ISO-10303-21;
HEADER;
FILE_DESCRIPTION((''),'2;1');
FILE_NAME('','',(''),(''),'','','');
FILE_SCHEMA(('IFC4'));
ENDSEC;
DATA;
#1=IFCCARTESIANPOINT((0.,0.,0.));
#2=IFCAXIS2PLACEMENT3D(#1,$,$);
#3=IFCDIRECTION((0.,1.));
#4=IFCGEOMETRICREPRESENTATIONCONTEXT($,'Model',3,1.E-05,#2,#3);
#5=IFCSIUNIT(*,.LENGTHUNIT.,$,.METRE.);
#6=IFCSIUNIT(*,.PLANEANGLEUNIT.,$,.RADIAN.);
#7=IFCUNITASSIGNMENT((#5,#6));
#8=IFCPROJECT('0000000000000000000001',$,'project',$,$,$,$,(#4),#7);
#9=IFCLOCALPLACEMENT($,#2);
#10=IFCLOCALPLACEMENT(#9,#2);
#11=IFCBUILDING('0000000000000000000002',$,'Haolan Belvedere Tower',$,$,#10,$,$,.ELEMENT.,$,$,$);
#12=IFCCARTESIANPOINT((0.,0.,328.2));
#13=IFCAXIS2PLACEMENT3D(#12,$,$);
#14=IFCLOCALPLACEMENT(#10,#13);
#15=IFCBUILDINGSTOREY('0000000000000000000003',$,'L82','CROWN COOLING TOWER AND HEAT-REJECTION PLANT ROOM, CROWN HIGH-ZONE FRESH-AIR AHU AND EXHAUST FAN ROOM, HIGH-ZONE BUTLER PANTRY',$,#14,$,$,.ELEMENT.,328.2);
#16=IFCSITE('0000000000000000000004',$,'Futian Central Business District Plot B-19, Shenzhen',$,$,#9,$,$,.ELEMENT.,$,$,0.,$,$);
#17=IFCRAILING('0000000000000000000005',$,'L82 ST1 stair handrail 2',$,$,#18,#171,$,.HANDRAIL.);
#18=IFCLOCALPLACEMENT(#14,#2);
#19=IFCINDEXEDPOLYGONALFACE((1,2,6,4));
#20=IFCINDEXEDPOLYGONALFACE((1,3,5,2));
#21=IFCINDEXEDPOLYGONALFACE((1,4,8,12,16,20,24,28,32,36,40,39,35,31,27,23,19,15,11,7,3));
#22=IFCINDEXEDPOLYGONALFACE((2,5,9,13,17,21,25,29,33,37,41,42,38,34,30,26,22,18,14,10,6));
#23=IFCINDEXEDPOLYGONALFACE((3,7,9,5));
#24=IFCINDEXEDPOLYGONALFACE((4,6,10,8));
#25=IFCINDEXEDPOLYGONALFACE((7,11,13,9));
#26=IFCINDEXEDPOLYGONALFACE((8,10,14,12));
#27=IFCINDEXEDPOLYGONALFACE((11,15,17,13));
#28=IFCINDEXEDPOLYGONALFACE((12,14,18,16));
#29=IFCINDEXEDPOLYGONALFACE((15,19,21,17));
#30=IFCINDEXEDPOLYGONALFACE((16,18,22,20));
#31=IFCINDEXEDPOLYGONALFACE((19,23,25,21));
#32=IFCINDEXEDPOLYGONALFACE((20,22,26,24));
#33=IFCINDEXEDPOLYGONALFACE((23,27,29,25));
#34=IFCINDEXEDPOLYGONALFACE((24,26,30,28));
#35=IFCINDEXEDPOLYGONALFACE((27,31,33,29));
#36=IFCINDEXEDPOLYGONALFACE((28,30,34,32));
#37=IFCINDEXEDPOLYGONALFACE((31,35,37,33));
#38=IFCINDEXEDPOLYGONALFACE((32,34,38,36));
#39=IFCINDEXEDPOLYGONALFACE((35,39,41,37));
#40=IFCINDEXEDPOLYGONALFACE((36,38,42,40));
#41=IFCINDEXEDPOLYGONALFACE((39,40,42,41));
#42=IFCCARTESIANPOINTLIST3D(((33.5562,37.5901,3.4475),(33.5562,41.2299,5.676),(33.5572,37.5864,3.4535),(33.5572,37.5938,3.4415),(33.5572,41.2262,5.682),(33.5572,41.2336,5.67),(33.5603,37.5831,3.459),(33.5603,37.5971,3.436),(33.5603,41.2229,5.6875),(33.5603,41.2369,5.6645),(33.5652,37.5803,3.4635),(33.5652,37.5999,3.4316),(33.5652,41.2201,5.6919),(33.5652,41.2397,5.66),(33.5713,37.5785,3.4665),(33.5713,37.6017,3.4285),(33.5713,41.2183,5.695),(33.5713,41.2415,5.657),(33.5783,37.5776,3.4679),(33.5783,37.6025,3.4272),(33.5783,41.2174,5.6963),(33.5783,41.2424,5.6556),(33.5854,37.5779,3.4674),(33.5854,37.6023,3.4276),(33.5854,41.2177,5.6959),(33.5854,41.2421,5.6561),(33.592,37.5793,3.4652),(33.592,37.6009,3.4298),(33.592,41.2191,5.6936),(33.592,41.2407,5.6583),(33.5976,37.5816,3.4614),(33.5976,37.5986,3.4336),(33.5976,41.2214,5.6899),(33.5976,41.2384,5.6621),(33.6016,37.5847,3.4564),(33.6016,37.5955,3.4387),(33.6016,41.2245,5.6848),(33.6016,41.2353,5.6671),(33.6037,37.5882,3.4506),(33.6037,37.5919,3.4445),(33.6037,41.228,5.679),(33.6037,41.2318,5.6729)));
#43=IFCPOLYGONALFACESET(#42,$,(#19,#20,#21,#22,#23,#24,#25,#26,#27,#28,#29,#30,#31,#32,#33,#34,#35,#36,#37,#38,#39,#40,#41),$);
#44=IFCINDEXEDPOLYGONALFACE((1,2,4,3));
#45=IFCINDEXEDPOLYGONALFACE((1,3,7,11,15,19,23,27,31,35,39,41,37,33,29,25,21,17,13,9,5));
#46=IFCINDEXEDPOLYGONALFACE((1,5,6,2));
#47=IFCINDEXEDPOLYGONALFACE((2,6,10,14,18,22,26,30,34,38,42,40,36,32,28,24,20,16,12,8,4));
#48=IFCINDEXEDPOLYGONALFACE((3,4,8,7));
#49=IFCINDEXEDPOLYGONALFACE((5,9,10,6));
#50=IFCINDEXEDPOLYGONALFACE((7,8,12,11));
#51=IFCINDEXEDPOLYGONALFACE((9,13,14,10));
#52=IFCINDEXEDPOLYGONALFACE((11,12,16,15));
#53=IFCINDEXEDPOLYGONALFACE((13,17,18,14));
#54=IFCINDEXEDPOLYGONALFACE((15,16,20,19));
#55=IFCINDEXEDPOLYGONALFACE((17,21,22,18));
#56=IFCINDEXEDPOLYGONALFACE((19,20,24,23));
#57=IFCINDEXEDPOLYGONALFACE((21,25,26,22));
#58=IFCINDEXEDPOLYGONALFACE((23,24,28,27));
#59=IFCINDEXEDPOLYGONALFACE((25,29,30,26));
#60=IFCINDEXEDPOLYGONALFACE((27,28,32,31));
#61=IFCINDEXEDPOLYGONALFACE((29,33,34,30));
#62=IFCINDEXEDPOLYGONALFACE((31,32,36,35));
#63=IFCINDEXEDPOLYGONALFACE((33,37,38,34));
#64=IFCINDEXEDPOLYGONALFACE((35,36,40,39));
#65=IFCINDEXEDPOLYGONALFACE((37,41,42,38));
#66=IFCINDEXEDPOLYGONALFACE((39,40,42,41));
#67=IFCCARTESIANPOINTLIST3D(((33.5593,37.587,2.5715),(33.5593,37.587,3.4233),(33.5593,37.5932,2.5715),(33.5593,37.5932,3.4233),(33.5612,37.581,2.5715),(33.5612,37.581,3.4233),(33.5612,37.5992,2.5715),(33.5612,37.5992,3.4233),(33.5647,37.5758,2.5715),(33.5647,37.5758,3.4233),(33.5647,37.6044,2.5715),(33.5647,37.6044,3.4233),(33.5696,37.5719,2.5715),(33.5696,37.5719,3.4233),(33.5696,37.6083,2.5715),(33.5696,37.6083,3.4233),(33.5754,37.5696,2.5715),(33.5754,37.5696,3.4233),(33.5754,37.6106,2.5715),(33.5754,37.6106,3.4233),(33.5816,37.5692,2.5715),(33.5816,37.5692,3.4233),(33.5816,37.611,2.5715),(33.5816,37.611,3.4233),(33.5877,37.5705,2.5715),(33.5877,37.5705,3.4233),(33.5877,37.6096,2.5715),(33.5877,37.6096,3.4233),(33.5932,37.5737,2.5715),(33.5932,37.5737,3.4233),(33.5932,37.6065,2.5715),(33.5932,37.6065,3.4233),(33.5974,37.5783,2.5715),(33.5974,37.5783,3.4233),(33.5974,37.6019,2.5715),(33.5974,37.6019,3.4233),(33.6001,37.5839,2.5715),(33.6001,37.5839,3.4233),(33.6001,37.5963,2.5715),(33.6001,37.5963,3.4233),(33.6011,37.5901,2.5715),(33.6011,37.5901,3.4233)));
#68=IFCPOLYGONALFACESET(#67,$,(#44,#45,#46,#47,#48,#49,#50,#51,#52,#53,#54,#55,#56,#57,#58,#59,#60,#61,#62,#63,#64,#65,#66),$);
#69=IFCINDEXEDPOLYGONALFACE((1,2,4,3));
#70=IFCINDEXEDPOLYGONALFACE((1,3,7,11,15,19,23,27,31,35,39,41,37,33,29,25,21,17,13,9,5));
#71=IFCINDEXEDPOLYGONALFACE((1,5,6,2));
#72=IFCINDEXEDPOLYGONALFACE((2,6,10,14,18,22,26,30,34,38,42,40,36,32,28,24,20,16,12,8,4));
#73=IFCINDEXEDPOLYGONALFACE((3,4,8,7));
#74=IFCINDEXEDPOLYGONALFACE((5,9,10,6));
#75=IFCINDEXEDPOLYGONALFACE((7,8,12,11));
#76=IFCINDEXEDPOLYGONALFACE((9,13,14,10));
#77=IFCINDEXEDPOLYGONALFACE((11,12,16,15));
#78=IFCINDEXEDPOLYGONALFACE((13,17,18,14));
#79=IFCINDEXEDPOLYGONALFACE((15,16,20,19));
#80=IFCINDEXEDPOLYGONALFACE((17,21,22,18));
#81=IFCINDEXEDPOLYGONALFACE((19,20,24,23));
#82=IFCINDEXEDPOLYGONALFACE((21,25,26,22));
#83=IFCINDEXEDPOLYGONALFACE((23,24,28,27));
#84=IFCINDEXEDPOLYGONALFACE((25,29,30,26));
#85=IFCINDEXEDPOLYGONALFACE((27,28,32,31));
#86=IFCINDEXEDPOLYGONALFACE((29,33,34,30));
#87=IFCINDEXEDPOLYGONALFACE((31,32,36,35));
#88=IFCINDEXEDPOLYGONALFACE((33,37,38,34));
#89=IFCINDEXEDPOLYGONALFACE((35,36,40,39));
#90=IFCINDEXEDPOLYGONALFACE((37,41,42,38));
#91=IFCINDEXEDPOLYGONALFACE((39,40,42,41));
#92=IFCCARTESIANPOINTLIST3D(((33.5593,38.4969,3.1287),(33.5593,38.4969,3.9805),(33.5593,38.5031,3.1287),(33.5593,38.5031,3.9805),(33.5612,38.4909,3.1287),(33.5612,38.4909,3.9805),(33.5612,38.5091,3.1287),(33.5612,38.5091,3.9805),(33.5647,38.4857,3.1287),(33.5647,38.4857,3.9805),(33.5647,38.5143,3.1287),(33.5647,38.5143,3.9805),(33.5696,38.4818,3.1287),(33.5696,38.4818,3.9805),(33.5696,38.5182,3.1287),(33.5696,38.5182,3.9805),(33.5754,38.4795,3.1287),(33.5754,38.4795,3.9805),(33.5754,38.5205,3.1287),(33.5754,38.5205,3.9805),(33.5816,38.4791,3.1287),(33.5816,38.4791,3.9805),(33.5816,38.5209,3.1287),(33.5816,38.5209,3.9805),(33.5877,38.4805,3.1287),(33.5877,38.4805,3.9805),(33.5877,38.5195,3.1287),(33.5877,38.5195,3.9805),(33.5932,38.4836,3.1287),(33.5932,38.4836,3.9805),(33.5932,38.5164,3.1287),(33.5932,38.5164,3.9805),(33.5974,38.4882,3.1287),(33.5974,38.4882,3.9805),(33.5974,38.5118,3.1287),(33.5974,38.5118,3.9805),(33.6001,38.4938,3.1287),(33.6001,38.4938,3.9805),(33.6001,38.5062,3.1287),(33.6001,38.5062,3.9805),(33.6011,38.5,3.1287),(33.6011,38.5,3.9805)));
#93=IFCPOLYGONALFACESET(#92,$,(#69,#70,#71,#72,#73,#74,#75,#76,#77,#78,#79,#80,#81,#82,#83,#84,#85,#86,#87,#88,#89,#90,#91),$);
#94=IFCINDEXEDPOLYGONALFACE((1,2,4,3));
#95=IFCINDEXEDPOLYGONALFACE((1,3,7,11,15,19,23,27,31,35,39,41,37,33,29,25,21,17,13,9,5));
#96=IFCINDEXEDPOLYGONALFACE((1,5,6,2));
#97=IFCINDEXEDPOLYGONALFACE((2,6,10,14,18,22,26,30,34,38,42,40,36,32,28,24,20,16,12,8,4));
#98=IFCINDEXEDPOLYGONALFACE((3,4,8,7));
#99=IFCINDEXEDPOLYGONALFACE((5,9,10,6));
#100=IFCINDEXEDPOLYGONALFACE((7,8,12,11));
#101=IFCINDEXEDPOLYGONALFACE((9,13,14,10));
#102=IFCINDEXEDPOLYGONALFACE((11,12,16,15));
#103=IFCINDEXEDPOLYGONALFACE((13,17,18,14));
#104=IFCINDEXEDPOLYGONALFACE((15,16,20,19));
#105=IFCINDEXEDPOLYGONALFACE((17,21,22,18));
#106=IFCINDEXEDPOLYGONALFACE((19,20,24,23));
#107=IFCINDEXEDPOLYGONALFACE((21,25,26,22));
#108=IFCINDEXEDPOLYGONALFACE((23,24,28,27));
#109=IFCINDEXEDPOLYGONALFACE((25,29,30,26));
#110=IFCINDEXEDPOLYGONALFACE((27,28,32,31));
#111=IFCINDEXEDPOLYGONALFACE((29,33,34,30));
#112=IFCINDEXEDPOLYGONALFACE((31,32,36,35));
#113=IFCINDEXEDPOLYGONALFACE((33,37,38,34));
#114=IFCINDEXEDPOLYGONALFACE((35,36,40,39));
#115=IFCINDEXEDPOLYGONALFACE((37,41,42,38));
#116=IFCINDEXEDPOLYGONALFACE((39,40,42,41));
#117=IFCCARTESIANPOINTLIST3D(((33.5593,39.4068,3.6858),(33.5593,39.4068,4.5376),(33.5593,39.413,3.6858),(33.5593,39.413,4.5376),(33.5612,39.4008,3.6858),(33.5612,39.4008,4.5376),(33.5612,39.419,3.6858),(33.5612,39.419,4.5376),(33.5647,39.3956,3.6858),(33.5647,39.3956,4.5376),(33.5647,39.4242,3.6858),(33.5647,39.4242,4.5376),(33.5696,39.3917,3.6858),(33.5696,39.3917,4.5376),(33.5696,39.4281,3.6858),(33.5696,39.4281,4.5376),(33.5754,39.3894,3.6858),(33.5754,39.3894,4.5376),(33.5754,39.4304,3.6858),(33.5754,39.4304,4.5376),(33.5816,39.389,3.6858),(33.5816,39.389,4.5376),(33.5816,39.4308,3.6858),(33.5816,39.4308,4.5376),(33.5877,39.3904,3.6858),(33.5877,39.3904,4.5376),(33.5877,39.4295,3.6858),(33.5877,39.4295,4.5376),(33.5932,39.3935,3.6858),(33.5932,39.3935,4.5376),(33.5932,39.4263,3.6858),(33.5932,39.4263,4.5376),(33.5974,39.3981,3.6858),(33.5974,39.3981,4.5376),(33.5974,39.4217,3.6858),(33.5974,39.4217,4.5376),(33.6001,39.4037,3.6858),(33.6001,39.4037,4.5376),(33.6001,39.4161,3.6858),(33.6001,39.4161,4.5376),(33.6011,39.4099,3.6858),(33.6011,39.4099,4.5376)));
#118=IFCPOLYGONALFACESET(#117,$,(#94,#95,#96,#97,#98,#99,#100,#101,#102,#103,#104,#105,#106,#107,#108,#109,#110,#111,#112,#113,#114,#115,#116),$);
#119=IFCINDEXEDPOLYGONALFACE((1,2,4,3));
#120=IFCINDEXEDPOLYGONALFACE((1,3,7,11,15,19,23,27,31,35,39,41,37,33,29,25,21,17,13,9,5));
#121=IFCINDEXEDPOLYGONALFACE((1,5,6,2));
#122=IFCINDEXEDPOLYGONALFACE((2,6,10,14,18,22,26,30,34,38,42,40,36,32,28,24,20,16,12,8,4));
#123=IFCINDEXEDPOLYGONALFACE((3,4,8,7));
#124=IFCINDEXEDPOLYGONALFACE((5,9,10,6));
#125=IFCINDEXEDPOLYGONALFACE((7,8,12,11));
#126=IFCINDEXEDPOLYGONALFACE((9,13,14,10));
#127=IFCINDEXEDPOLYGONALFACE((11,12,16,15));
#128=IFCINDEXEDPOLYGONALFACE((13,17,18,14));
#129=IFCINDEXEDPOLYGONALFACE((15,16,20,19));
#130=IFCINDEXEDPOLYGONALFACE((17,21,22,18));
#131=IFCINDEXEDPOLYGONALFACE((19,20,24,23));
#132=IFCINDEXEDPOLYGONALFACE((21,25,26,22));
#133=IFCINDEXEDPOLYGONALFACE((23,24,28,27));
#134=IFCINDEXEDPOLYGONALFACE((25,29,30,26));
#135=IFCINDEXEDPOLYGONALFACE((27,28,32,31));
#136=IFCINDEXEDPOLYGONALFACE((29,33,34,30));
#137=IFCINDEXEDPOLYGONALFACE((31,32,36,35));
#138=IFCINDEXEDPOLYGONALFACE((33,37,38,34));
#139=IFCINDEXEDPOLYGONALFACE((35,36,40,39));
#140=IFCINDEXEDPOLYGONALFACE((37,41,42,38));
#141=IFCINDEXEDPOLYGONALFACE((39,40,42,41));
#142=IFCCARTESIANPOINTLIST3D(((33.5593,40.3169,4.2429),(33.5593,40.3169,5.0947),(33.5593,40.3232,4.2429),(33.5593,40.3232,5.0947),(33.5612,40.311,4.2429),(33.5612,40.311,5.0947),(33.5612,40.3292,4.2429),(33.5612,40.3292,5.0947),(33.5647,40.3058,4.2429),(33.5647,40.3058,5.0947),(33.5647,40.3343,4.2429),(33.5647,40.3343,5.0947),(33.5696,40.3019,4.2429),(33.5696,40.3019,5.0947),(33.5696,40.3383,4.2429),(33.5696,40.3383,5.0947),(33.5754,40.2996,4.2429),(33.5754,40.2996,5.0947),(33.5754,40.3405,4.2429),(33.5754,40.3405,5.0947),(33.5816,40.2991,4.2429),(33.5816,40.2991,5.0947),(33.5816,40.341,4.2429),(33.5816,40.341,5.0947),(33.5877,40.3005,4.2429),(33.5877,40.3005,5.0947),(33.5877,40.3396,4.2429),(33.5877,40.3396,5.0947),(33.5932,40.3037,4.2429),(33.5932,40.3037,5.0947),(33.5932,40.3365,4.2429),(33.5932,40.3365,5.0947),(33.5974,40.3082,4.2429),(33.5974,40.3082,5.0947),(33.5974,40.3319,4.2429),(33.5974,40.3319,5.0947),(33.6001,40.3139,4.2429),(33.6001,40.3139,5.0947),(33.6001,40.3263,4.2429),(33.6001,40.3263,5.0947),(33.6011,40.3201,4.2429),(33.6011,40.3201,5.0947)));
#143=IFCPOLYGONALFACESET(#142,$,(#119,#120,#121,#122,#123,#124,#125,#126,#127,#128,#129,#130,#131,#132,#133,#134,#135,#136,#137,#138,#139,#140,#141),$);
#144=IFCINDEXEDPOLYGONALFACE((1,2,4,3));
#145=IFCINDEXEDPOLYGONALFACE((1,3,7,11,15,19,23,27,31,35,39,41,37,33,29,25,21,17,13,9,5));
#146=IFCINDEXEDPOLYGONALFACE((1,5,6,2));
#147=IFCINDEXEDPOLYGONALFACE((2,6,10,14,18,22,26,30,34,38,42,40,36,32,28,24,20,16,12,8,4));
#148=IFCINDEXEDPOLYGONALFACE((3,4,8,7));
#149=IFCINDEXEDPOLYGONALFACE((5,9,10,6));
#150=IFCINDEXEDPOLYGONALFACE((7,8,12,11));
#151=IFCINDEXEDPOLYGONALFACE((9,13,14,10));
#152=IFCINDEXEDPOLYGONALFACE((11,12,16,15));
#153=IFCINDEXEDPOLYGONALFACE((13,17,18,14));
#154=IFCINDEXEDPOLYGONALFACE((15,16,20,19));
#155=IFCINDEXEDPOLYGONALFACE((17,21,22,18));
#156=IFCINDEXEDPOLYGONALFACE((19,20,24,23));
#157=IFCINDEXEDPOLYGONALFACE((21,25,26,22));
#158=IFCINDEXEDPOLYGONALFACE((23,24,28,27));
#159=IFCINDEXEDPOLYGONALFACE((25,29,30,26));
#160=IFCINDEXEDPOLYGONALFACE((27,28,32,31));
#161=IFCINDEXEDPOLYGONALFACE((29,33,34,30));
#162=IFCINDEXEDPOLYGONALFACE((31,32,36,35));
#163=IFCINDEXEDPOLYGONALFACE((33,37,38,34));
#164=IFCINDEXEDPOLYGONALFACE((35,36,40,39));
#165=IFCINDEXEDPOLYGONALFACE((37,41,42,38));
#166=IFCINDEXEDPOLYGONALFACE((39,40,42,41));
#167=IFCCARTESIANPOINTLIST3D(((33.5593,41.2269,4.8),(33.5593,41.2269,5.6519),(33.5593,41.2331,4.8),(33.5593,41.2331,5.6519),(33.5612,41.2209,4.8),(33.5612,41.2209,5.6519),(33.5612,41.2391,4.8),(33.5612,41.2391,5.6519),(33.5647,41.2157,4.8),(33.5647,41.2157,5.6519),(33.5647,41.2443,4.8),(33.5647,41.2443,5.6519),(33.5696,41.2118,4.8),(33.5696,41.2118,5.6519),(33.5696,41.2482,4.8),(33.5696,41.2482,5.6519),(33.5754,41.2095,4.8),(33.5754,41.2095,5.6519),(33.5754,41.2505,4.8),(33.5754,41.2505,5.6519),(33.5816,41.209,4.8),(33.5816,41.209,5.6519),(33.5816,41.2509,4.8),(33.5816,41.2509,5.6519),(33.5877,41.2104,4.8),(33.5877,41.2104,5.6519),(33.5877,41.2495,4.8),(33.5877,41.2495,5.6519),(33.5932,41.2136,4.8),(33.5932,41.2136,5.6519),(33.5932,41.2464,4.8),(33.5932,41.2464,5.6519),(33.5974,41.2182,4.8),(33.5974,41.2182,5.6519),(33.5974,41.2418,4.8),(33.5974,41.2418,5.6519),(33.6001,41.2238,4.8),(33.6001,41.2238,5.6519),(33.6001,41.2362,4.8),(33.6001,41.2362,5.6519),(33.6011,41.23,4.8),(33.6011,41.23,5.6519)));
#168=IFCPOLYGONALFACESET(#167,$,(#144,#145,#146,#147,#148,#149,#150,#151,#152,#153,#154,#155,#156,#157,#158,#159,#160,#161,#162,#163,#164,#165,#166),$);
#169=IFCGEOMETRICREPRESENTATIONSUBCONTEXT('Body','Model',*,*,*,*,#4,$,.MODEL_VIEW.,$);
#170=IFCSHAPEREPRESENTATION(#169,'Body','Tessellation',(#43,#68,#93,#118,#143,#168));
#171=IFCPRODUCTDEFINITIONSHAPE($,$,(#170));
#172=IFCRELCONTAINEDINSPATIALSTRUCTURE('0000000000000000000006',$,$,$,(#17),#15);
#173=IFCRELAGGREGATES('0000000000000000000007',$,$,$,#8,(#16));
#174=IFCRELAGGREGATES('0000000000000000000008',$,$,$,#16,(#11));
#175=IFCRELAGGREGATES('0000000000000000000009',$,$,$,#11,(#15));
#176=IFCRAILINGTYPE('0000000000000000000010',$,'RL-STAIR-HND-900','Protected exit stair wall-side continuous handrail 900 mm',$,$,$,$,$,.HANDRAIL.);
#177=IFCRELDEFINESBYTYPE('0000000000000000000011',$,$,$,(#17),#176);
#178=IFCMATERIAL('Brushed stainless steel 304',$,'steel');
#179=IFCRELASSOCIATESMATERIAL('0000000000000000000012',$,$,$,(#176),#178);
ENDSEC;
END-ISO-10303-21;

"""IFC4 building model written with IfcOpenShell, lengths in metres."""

from ifc_helpers import new_model, si_unit, direction, frame, origin, origin_2d, place, context, subcontext, project, spatial, circle, extrude, material, type_object, element, save


model = new_model("IFC4")

# Units and contexts
model_context = context("Model", 3, precision=1e-05, world=origin(), true_north=direction((0.0, 1.0)))
body_context = subcontext(model_context, "Body", "Model", "MODEL_VIEW")
ifc_project = project(units=[si_unit("LENGTHUNIT", "METRE"), si_unit("PLANEANGLEUNIT", "RADIAN")], contexts=[model_context])

# Site, building, storey
site_placement = place(None, origin())
site = spatial("IfcSite", under=ifc_project, at=site_placement, Name="Futian Central Business District Plot B-19, Shenzhen", CompositionType="ELEMENT", RefElevation=0.0)
building_placement = place(site_placement, origin())
building = spatial("IfcBuilding", under=site, at=building_placement, Name="Haolan Belvedere Tower", CompositionType="ELEMENT")
storey_placement = place(building_placement, frame((0.0, 0.0, 328.2)))
storey = spatial("IfcBuildingStorey", under=building, at=storey_placement, Name="L82", Description="CROWN COOLING TOWER AND HEAT-REJECTION PLANT ROOM, CROWN HIGH-ZONE FRESH-AIR AHU AND EXHAUST FAN ROOM, HIGH-ZONE BUTLER PANTRY", CompositionType="ELEMENT", Elevation=328.2)

# Railing
ifc_material_1 = material(Name="Brushed stainless steel 304", Category="steel")
railing_type_1 = type_object("IfcRailingType", Name="RL-STAIR-HND-900", Description="Protected exit stair wall-side continuous handrail 900 mm", PredefinedType="HANDRAIL", material=ifc_material_1)
railing_1_placement = place(storey_placement, frame((33.5801, 37.5901, 2.5715)))
element("IfcRailing", 1, at=railing_1_placement, inside=storey, type_object=railing_type_1, Name="L82 ST1 stair handrail 2", PredefinedType="HANDRAIL", context=body_context, shape_type="SweptSolid", body=[
    extrude(circle(Radius=0.0239, at=origin_2d()), frame((0.0, 0.0, 0.876), z_axis=(0.0, 0.85285, 0.522156), x_axis=(-1.0, 0.0, 0.0)), (0.0, 0.0, 1.0), 4.2678),
    extrude(circle(Radius=0.021, at=origin_2d()), origin(), (0.0, 0.0, 1.0), 0.8518),
    extrude(circle(Radius=0.021, at=origin_2d()), frame((0.0, 0.9099, 0.5571)), (0.0, 0.0, 1.0), 0.8518),
    extrude(circle(Radius=0.021, at=origin_2d()), frame((0.0, 1.8198, 1.1143)), (0.0, 0.0, 1.0), 0.8518),
    extrude(circle(Radius=0.021, at=origin_2d()), frame((0.0, 2.73, 1.6714)), (0.0, 0.0, 1.0), 0.8518),
    extrude(circle(Radius=0.021, at=origin_2d()), frame((0.0, 3.6399, 2.2285)), (0.0, 0.0, 1.0), 0.8518),
])

save(model, "model.ifc")
